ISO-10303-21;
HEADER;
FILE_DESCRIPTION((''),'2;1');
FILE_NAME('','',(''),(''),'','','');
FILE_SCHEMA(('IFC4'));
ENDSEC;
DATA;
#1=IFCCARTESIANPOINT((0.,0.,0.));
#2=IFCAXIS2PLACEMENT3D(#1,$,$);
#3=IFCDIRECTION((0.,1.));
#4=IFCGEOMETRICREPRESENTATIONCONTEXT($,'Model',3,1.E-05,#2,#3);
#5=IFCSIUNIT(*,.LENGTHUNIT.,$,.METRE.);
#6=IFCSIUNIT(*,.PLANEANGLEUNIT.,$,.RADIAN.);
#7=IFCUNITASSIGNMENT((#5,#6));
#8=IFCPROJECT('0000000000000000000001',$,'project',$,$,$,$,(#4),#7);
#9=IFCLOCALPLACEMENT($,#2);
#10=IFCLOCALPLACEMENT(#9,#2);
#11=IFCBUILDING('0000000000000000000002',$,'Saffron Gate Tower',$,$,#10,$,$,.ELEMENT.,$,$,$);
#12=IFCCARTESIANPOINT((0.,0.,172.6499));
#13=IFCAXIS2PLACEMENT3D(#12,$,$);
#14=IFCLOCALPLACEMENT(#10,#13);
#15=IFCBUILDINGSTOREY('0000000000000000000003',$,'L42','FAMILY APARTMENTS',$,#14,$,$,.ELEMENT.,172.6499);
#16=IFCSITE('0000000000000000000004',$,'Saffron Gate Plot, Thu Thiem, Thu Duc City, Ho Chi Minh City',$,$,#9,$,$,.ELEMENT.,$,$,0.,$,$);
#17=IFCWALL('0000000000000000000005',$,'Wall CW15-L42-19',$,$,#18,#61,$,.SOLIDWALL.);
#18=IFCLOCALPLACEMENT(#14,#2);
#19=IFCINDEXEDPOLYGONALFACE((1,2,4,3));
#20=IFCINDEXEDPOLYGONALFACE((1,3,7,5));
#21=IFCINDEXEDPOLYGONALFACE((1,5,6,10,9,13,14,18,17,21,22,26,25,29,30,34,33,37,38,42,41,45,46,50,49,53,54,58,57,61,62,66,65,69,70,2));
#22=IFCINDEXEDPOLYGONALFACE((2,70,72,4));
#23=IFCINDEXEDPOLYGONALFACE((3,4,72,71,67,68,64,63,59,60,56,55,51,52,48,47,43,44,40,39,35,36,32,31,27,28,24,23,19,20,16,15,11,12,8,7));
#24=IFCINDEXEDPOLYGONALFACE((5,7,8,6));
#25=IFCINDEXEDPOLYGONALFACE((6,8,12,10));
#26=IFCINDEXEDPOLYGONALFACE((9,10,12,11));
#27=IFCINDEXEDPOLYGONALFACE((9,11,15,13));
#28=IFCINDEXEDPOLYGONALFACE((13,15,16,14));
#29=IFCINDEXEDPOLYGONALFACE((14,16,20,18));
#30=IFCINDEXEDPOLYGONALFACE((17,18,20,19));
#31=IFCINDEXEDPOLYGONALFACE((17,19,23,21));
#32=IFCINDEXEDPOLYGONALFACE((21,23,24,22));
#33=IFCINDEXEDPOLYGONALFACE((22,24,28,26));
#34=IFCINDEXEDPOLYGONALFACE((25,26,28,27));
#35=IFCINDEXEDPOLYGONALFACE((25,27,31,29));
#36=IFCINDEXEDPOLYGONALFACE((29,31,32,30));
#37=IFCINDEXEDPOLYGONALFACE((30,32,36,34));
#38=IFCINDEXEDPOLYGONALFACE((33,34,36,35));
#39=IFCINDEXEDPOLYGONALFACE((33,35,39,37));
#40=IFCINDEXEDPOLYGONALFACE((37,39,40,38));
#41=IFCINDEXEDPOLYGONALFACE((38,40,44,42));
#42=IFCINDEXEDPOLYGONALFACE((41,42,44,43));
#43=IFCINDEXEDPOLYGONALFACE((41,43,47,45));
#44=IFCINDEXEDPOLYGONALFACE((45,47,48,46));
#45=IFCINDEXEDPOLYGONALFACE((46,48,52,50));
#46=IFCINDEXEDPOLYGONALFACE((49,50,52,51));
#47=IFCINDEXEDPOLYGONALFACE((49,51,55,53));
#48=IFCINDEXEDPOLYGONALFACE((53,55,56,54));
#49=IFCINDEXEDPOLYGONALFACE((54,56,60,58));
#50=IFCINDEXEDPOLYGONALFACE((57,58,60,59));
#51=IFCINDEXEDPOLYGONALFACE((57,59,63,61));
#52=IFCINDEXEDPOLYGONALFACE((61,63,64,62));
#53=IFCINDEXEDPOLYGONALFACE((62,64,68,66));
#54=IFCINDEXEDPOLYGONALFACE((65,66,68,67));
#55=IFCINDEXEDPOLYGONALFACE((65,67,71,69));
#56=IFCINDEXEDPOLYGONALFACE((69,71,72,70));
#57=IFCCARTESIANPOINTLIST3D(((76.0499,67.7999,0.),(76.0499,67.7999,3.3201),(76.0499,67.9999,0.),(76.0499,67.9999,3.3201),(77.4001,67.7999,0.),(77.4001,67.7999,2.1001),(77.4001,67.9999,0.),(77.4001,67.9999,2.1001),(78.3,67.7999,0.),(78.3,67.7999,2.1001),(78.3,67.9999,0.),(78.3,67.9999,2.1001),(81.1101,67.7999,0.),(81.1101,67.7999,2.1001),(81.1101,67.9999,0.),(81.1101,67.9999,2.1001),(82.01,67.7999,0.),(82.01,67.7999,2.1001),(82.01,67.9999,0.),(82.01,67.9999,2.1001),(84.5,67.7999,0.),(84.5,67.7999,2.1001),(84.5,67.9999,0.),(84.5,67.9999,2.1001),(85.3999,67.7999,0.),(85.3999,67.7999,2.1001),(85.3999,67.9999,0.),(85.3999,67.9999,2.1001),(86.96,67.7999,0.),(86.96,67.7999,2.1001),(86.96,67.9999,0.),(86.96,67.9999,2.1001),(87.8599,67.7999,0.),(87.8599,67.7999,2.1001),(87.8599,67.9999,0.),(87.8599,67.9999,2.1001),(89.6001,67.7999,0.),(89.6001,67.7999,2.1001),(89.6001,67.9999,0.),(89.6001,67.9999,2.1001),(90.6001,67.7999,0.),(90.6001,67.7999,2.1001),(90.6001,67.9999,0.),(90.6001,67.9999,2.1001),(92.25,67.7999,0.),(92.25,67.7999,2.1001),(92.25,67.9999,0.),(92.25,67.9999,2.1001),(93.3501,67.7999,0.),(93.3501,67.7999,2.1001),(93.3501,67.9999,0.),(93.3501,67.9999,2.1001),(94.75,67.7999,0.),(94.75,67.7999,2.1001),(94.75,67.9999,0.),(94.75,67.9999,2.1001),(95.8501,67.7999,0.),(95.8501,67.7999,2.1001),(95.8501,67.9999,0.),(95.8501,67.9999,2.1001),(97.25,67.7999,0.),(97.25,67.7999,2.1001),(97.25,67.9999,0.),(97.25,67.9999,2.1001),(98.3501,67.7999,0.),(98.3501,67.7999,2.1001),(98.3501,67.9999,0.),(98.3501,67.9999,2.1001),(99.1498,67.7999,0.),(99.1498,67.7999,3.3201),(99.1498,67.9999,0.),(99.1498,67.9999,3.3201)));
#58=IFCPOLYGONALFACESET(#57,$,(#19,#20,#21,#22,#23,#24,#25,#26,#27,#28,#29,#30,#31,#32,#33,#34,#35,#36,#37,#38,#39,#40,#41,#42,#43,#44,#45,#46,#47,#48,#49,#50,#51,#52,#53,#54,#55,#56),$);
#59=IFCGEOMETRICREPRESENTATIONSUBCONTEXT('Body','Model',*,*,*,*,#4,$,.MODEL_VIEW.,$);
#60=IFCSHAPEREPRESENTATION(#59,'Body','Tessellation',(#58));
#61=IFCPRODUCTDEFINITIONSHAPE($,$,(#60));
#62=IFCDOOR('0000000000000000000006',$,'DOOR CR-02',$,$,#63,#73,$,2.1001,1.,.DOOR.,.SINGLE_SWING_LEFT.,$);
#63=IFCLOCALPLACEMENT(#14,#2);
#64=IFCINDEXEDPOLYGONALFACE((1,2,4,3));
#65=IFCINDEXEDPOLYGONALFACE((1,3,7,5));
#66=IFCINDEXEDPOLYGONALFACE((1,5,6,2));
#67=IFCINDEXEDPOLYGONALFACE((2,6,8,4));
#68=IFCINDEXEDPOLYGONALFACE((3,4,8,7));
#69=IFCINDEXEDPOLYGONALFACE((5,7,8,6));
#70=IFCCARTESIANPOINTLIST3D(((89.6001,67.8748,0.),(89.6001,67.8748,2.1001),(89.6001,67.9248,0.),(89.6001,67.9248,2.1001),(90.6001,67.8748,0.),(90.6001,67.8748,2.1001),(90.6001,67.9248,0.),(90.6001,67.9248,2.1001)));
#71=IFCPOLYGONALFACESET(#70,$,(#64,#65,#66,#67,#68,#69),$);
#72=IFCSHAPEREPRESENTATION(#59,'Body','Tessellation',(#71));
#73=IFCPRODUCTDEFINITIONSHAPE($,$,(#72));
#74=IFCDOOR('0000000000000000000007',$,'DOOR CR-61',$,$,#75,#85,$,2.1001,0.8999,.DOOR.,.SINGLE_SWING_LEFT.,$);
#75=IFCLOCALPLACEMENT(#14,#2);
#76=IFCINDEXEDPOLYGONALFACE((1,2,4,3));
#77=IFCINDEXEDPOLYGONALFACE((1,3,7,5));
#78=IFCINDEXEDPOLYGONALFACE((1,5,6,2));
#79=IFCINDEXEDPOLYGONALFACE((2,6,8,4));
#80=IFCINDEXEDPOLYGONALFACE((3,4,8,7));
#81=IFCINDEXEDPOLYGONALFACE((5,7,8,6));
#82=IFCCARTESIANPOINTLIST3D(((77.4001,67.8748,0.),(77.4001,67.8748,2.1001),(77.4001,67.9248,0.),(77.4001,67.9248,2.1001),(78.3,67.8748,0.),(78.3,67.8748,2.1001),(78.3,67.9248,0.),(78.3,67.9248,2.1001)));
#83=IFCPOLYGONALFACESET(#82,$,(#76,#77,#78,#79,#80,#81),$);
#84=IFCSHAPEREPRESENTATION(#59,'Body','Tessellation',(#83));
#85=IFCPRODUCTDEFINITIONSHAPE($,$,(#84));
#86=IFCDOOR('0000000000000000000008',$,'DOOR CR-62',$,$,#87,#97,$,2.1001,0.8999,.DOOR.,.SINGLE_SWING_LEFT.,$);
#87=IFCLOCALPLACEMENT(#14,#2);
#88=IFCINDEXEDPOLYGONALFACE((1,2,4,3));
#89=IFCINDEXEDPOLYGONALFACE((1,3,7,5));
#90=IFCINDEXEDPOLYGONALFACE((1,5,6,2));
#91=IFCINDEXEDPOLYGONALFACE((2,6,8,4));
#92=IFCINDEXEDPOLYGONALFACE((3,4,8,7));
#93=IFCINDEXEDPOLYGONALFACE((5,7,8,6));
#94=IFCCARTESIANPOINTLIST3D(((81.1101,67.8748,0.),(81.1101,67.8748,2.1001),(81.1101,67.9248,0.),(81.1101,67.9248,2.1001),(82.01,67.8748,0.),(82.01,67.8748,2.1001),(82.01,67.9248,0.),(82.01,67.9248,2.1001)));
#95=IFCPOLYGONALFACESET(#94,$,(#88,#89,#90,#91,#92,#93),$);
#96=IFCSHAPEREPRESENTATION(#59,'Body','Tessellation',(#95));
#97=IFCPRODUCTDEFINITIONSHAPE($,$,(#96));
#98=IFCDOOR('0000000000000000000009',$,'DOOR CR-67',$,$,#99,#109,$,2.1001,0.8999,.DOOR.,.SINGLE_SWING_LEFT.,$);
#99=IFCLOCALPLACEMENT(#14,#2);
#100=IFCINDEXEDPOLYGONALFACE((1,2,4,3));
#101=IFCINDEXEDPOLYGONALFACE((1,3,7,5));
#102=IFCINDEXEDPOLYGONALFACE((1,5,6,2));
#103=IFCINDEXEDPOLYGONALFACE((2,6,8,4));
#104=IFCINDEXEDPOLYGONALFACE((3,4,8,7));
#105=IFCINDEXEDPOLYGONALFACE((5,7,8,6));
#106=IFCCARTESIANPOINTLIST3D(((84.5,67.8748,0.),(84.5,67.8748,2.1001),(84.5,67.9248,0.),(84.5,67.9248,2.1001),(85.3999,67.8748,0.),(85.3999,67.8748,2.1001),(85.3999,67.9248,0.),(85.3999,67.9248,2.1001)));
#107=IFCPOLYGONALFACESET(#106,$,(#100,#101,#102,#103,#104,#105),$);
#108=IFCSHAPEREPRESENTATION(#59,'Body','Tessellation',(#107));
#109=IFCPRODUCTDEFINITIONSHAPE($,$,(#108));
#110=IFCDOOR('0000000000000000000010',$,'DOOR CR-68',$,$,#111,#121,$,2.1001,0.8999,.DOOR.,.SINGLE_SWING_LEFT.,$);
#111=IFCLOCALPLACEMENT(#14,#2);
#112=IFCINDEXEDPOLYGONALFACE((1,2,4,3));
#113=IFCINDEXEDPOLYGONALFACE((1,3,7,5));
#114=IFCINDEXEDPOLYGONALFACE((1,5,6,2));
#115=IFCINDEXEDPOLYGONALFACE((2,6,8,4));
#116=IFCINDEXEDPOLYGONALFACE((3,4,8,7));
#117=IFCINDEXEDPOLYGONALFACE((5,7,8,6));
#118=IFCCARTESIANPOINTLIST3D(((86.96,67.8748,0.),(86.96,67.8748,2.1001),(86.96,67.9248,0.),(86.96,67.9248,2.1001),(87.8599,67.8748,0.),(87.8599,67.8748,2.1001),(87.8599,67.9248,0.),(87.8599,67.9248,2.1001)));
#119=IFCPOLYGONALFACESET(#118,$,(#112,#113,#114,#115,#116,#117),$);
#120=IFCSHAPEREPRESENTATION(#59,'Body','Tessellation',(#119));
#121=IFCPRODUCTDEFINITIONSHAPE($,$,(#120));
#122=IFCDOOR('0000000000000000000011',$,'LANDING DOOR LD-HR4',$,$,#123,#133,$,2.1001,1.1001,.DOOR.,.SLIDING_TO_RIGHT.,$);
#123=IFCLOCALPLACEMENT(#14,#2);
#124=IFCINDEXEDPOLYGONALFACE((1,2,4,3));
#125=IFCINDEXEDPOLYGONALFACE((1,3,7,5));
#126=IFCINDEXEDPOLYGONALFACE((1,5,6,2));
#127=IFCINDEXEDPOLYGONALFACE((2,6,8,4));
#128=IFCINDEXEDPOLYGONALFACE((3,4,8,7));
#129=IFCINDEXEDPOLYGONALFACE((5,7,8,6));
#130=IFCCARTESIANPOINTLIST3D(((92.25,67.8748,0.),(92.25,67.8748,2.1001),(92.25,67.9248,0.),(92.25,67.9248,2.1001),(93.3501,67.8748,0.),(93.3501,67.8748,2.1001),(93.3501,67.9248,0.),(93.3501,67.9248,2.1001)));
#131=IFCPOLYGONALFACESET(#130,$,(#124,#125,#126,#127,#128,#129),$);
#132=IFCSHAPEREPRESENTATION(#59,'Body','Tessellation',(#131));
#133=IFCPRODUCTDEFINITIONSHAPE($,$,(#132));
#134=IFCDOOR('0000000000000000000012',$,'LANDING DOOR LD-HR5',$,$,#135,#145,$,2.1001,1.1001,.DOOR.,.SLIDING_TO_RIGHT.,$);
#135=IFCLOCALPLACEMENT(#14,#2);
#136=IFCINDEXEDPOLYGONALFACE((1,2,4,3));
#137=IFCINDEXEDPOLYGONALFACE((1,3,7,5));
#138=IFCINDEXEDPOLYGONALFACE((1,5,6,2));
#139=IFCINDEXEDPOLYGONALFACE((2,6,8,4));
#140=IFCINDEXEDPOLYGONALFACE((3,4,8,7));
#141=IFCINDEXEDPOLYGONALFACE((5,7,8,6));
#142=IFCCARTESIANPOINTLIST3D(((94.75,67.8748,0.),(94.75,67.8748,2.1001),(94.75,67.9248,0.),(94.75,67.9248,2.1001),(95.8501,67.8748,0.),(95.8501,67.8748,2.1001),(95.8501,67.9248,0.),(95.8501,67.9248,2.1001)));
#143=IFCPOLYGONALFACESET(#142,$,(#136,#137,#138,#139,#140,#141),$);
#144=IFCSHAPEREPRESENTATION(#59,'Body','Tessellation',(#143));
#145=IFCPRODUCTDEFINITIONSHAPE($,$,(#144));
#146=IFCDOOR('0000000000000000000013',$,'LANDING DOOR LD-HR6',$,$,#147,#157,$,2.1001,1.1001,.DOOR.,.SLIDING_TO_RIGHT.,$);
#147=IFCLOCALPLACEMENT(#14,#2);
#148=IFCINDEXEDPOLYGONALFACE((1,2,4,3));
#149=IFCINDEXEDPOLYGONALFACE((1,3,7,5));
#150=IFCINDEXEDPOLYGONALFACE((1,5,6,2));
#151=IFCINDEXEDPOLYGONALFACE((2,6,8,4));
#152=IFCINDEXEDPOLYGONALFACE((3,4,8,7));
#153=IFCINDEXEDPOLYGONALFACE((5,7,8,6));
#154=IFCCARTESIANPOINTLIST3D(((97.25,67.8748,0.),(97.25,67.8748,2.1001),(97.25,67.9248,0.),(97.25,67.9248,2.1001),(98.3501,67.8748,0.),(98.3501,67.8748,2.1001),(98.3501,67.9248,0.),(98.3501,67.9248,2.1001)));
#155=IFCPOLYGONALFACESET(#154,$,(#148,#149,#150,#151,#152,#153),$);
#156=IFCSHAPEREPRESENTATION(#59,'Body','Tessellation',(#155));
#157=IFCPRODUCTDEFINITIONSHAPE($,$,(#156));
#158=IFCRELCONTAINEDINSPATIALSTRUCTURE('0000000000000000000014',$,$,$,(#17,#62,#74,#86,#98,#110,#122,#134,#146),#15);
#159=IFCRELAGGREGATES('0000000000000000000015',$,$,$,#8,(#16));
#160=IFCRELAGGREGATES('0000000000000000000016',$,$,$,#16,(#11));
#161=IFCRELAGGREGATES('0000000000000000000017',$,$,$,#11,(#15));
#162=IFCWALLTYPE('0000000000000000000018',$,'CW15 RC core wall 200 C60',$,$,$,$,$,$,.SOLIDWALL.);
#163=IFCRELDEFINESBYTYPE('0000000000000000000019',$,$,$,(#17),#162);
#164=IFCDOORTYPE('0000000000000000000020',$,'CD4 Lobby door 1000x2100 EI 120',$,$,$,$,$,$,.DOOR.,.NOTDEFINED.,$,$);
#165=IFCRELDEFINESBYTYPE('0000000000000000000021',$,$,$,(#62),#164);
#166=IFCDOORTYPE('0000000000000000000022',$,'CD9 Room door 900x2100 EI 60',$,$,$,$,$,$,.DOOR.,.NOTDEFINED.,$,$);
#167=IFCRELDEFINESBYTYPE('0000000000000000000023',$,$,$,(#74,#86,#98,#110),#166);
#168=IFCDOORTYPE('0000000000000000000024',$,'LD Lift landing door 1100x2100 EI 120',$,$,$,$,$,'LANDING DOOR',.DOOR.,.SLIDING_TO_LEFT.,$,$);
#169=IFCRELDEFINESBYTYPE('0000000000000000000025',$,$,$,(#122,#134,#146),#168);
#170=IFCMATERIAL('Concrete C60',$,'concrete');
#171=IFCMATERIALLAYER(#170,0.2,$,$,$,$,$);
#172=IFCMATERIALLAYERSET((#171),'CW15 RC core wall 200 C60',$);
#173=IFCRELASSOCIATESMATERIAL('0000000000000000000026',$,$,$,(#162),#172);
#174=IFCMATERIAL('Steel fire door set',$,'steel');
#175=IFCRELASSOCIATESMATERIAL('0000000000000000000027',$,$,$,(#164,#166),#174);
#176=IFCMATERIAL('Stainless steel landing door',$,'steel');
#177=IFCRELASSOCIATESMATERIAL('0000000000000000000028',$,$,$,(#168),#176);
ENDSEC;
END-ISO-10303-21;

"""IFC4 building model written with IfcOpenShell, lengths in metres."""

from ifc_helpers import new_model, si_unit, direction, frame, frame_2d, origin, place, context, subcontext, project, spatial, rectangle, extrude, material, layer, layer_set, type_object, element, fill, save


model = new_model("IFC4")

# Units and contexts
model_context = context("Model", 3, precision=1e-05, world=origin(), true_north=direction((0.0, 1.0)))
body_context = subcontext(model_context, "Body", "Model", "MODEL_VIEW")
ifc_project = project(units=[si_unit("LENGTHUNIT", "METRE"), si_unit("PLANEANGLEUNIT", "RADIAN")], contexts=[model_context])

# Site, building, storey
site_placement = place(None, origin())
site = spatial("IfcSite", under=ifc_project, at=site_placement, Name="Saffron Gate Plot, Thu Thiem, Thu Duc City, Ho Chi Minh City", CompositionType="ELEMENT", RefElevation=0.0)
building_placement = place(site_placement, origin())
building = spatial("IfcBuilding", under=site, at=building_placement, Name="Saffron Gate Tower", CompositionType="ELEMENT")
storey_placement = place(building_placement, frame((0.0, 0.0, 172.6499)))
storey = spatial("IfcBuildingStorey", under=building, at=storey_placement, Name="L42", Description="FAMILY APARTMENTS", CompositionType="ELEMENT", Elevation=172.6499)

# Shared definitions
ifc_material_1 = material(Name="Concrete C60", Category="concrete")

# Wall, openings, doors
ifc_layer_1 = layer(ifc_material_1, 0.2)
ifc_layer_set_1 = layer_set([ifc_layer_1], Name="CW15 RC core wall 200 C60")
wall_type_1 = type_object("IfcWallType", Name="CW15 RC core wall 200 C60", PredefinedType="SOLIDWALL", material=ifc_layer_set_1)
wall_1_placement = place(storey_placement, frame((76.05, 67.8999, 0.0), z_axis=(0.0, 0.0, 1.0), x_axis=(1.0, 0.0, 0.0)))
wall_1 = element("IfcWall", 1, at=wall_1_placement, inside=storey, type_object=wall_type_1, Name="Wall CW15-L42-19", PredefinedType="SOLIDWALL", context=body_context, shape_type="SweptSolid", body=[
    extrude(rectangle(XDim=23.0999, YDim=0.2, at=frame_2d((11.5498, 0.0))), origin(), (0.0, 0.0, 1.0), 3.3201),
])
opening_1_placement = place(wall_1_placement, frame((1.3501, 0.0, 0.0)))
opening_1 = element("IfcOpeningElement", 2, at=opening_1_placement, cuts=wall_1, PredefinedType="OPENING", context=body_context, shape_type="SweptSolid", body=[
    extrude(rectangle(XDim=0.8999, YDim=2.1001, at=frame_2d((0.45, 1.05))), frame((0.0, 0.1099, 0.0), z_axis=(0.0, -1.0, 0.0), x_axis=(1.0, 0.0, 0.0)), (0.0, 0.0, 1.0), 0.22),
])
opening_2_placement = place(wall_1_placement, frame((5.0601, 0.0, 0.0)))
opening_2 = element("IfcOpeningElement", 3, at=opening_2_placement, cuts=wall_1, PredefinedType="OPENING", context=body_context, shape_type="SweptSolid", body=[
    extrude(rectangle(XDim=0.8999, YDim=2.1001, at=frame_2d((0.45, 1.05))), frame((0.0, 0.1099, 0.0), z_axis=(0.0, -1.0, 0.0), x_axis=(1.0, 0.0, 0.0)), (0.0, 0.0, 1.0), 0.22),
])
opening_3_placement = place(wall_1_placement, frame((8.45, 0.0, 0.0)))
opening_3 = element("IfcOpeningElement", 4, at=opening_3_placement, cuts=wall_1, PredefinedType="OPENING", context=body_context, shape_type="SweptSolid", body=[
    extrude(rectangle(XDim=0.8999, YDim=2.1001, at=frame_2d((0.45, 1.05))), frame((0.0, 0.1099, 0.0), z_axis=(0.0, -1.0, 0.0), x_axis=(1.0, 0.0, 0.0)), (0.0, 0.0, 1.0), 0.22),
])
opening_4_placement = place(wall_1_placement, frame((10.9099, 0.0, 0.0)))
opening_4 = element("IfcOpeningElement", 5, at=opening_4_placement, cuts=wall_1, PredefinedType="OPENING", context=body_context, shape_type="SweptSolid", body=[
    extrude(rectangle(XDim=0.8999, YDim=2.1001, at=frame_2d((0.45, 1.05))), frame((0.0, 0.1099, 0.0), z_axis=(0.0, -1.0, 0.0), x_axis=(1.0, 0.0, 0.0)), (0.0, 0.0, 1.0), 0.22),
])
opening_5_placement = place(wall_1_placement, frame((13.55, 0.0, 0.0)))
opening_5 = element("IfcOpeningElement", 6, at=opening_5_placement, cuts=wall_1, PredefinedType="OPENING", context=body_context, shape_type="SweptSolid", body=[
    extrude(rectangle(XDim=1.0, YDim=2.1001, at=frame_2d((0.5, 1.05))), frame((0.0, 0.1099, 0.0), z_axis=(0.0, -1.0, 0.0), x_axis=(1.0, 0.0, 0.0)), (0.0, 0.0, 1.0), 0.22),
])
opening_6_placement = place(wall_1_placement, frame((16.2, 0.0, 0.0)))
opening_6 = element("IfcOpeningElement", 7, at=opening_6_placement, cuts=wall_1, PredefinedType="OPENING", context=body_context, shape_type="SweptSolid", body=[
    extrude(rectangle(XDim=1.1001, YDim=2.1001, at=frame_2d((0.55, 1.05))), frame((0.0, 0.1099, 0.0), z_axis=(0.0, -1.0, 0.0), x_axis=(1.0, 0.0, 0.0)), (0.0, 0.0, 1.0), 0.22),
])
opening_7_placement = place(wall_1_placement, frame((18.7, 0.0, 0.0)))
opening_7 = element("IfcOpeningElement", 8, at=opening_7_placement, cuts=wall_1, PredefinedType="OPENING", context=body_context, shape_type="SweptSolid", body=[
    extrude(rectangle(XDim=1.1001, YDim=2.1001, at=frame_2d((0.55, 1.05))), frame((0.0, 0.1099, 0.0), z_axis=(0.0, -1.0, 0.0), x_axis=(1.0, 0.0, 0.0)), (0.0, 0.0, 1.0), 0.22),
])
opening_8_placement = place(wall_1_placement, frame((21.2, 0.0, 0.0)))
opening_8 = element("IfcOpeningElement", 9, at=opening_8_placement, cuts=wall_1, PredefinedType="OPENING", context=body_context, shape_type="SweptSolid", body=[
    extrude(rectangle(XDim=1.1001, YDim=2.1001, at=frame_2d((0.55, 1.05))), frame((0.0, 0.1099, 0.0), z_axis=(0.0, -1.0, 0.0), x_axis=(1.0, 0.0, 0.0)), (0.0, 0.0, 1.0), 0.22),
])
ifc_material_2 = material(Name="Steel fire door set", Category="steel")
door_type_1 = type_object("IfcDoorType", Name="CD4 Lobby door 1000x2100 EI 120", OperationType="NOTDEFINED", PredefinedType="DOOR", material=ifc_material_2)
door_1_placement = place(opening_5_placement, origin())
door_1 = element("IfcDoor", 10, at=door_1_placement, inside=storey, type_object=door_type_1, Name="DOOR CR-02", OperationType="SINGLE_SWING_LEFT", OverallHeight=2.1001, OverallWidth=1.0, PredefinedType="DOOR", context=body_context, shape_type="SweptSolid", body=[
    extrude(rectangle(XDim=1.0, YDim=2.1001, at=frame_2d((0.5, 1.05))), frame((0.0, 0.0249, 0.0), z_axis=(0.0, -1.0, 0.0), x_axis=(1.0, 0.0, 0.0)), (0.0, 0.0, 1.0), 0.05),
])
fill(opening_5, door_1)
door_type_2 = type_object("IfcDoorType", Name="CD9 Room door 900x2100 EI 60", OperationType="NOTDEFINED", PredefinedType="DOOR", material=ifc_material_2)
door_2_placement = place(opening_1_placement, origin())
door_2 = element("IfcDoor", 11, at=door_2_placement, inside=storey, type_object=door_type_2, Name="DOOR CR-61", OperationType="SINGLE_SWING_LEFT", OverallHeight=2.1001, OverallWidth=0.8999, PredefinedType="DOOR", context=body_context, shape_type="SweptSolid", body=[
    extrude(rectangle(XDim=0.8999, YDim=2.1001, at=frame_2d((0.45, 1.05))), frame((0.0, 0.0249, 0.0), z_axis=(0.0, -1.0, 0.0), x_axis=(1.0, 0.0, 0.0)), (0.0, 0.0, 1.0), 0.05),
])
fill(opening_1, door_2)
door_3_placement = place(opening_2_placement, origin())
door_3 = element("IfcDoor", 12, at=door_3_placement, inside=storey, type_object=door_type_2, Name="DOOR CR-62", OperationType="SINGLE_SWING_LEFT", OverallHeight=2.1001, OverallWidth=0.8999, PredefinedType="DOOR", context=body_context, shape_type="SweptSolid", body=[
    extrude(rectangle(XDim=0.8999, YDim=2.1001, at=frame_2d((0.45, 1.05))), frame((0.0, 0.0249, 0.0), z_axis=(0.0, -1.0, 0.0), x_axis=(1.0, 0.0, 0.0)), (0.0, 0.0, 1.0), 0.05),
])
fill(opening_2, door_3)
door_4_placement = place(opening_3_placement, origin())
door_4 = element("IfcDoor", 13, at=door_4_placement, inside=storey, type_object=door_type_2, Name="DOOR CR-67", OperationType="SINGLE_SWING_LEFT", OverallHeight=2.1001, OverallWidth=0.8999, PredefinedType="DOOR", context=body_context, shape_type="SweptSolid", body=[
    extrude(rectangle(XDim=0.8999, YDim=2.1001, at=frame_2d((0.45, 1.05))), frame((0.0, 0.0249, 0.0), z_axis=(0.0, -1.0, 0.0), x_axis=(1.0, 0.0, 0.0)), (0.0, 0.0, 1.0), 0.05),
])
fill(opening_3, door_4)
door_5_placement = place(opening_4_placement, origin())
door_5 = element("IfcDoor", 14, at=door_5_placement, inside=storey, type_object=door_type_2, Name="DOOR CR-68", OperationType="SINGLE_SWING_LEFT", OverallHeight=2.1001, OverallWidth=0.8999, PredefinedType="DOOR", context=body_context, shape_type="SweptSolid", body=[
    extrude(rectangle(XDim=0.8999, YDim=2.1001, at=frame_2d((0.45, 1.05))), frame((0.0, 0.0249, 0.0), z_axis=(0.0, -1.0, 0.0), x_axis=(1.0, 0.0, 0.0)), (0.0, 0.0, 1.0), 0.05),
])
fill(opening_4, door_5)
ifc_material_3 = material(Name="Stainless steel landing door", Category="steel")
door_type_3 = type_object("IfcDoorType", Name="LD Lift landing door 1100x2100 EI 120", ElementType="LANDING DOOR", OperationType="SLIDING_TO_LEFT", PredefinedType="DOOR", material=ifc_material_3)
door_6_placement = place(opening_6_placement, origin())
door_6 = element("IfcDoor", 15, at=door_6_placement, inside=storey, type_object=door_type_3, Name="LANDING DOOR LD-HR4", OperationType="SLIDING_TO_RIGHT", OverallHeight=2.1001, OverallWidth=1.1001, PredefinedType="DOOR", context=body_context, shape_type="SweptSolid", body=[
    extrude(rectangle(XDim=1.1001, YDim=2.1001, at=frame_2d((0.55, 1.05))), frame((0.0, 0.0249, 0.0), z_axis=(0.0, -1.0, 0.0), x_axis=(1.0, 0.0, 0.0)), (0.0, 0.0, 1.0), 0.05),
])
fill(opening_6, door_6)
door_7_placement = place(opening_7_placement, origin())
door_7 = element("IfcDoor", 16, at=door_7_placement, inside=storey, type_object=door_type_3, Name="LANDING DOOR LD-HR5", OperationType="SLIDING_TO_RIGHT", OverallHeight=2.1001, OverallWidth=1.1001, PredefinedType="DOOR", context=body_context, shape_type="SweptSolid", body=[
    extrude(rectangle(XDim=1.1001, YDim=2.1001, at=frame_2d((0.55, 1.05))), frame((0.0, 0.0249, 0.0), z_axis=(0.0, -1.0, 0.0), x_axis=(1.0, 0.0, 0.0)), (0.0, 0.0, 1.0), 0.05),
])
fill(opening_7, door_7)
door_8_placement = place(opening_8_placement, origin())
door_8 = element("IfcDoor", 17, at=door_8_placement, inside=storey, type_object=door_type_3, Name="LANDING DOOR LD-HR6", OperationType="SLIDING_TO_RIGHT", OverallHeight=2.1001, OverallWidth=1.1001, PredefinedType="DOOR", context=body_context, shape_type="SweptSolid", body=[
    extrude(rectangle(XDim=1.1001, YDim=2.1001, at=frame_2d((0.55, 1.05))), frame((0.0, 0.0249, 0.0), z_axis=(0.0, -1.0, 0.0), x_axis=(1.0, 0.0, 0.0)), (0.0, 0.0, 1.0), 0.05),
])
fill(opening_8, door_8)

save(model, "model.ifc")
